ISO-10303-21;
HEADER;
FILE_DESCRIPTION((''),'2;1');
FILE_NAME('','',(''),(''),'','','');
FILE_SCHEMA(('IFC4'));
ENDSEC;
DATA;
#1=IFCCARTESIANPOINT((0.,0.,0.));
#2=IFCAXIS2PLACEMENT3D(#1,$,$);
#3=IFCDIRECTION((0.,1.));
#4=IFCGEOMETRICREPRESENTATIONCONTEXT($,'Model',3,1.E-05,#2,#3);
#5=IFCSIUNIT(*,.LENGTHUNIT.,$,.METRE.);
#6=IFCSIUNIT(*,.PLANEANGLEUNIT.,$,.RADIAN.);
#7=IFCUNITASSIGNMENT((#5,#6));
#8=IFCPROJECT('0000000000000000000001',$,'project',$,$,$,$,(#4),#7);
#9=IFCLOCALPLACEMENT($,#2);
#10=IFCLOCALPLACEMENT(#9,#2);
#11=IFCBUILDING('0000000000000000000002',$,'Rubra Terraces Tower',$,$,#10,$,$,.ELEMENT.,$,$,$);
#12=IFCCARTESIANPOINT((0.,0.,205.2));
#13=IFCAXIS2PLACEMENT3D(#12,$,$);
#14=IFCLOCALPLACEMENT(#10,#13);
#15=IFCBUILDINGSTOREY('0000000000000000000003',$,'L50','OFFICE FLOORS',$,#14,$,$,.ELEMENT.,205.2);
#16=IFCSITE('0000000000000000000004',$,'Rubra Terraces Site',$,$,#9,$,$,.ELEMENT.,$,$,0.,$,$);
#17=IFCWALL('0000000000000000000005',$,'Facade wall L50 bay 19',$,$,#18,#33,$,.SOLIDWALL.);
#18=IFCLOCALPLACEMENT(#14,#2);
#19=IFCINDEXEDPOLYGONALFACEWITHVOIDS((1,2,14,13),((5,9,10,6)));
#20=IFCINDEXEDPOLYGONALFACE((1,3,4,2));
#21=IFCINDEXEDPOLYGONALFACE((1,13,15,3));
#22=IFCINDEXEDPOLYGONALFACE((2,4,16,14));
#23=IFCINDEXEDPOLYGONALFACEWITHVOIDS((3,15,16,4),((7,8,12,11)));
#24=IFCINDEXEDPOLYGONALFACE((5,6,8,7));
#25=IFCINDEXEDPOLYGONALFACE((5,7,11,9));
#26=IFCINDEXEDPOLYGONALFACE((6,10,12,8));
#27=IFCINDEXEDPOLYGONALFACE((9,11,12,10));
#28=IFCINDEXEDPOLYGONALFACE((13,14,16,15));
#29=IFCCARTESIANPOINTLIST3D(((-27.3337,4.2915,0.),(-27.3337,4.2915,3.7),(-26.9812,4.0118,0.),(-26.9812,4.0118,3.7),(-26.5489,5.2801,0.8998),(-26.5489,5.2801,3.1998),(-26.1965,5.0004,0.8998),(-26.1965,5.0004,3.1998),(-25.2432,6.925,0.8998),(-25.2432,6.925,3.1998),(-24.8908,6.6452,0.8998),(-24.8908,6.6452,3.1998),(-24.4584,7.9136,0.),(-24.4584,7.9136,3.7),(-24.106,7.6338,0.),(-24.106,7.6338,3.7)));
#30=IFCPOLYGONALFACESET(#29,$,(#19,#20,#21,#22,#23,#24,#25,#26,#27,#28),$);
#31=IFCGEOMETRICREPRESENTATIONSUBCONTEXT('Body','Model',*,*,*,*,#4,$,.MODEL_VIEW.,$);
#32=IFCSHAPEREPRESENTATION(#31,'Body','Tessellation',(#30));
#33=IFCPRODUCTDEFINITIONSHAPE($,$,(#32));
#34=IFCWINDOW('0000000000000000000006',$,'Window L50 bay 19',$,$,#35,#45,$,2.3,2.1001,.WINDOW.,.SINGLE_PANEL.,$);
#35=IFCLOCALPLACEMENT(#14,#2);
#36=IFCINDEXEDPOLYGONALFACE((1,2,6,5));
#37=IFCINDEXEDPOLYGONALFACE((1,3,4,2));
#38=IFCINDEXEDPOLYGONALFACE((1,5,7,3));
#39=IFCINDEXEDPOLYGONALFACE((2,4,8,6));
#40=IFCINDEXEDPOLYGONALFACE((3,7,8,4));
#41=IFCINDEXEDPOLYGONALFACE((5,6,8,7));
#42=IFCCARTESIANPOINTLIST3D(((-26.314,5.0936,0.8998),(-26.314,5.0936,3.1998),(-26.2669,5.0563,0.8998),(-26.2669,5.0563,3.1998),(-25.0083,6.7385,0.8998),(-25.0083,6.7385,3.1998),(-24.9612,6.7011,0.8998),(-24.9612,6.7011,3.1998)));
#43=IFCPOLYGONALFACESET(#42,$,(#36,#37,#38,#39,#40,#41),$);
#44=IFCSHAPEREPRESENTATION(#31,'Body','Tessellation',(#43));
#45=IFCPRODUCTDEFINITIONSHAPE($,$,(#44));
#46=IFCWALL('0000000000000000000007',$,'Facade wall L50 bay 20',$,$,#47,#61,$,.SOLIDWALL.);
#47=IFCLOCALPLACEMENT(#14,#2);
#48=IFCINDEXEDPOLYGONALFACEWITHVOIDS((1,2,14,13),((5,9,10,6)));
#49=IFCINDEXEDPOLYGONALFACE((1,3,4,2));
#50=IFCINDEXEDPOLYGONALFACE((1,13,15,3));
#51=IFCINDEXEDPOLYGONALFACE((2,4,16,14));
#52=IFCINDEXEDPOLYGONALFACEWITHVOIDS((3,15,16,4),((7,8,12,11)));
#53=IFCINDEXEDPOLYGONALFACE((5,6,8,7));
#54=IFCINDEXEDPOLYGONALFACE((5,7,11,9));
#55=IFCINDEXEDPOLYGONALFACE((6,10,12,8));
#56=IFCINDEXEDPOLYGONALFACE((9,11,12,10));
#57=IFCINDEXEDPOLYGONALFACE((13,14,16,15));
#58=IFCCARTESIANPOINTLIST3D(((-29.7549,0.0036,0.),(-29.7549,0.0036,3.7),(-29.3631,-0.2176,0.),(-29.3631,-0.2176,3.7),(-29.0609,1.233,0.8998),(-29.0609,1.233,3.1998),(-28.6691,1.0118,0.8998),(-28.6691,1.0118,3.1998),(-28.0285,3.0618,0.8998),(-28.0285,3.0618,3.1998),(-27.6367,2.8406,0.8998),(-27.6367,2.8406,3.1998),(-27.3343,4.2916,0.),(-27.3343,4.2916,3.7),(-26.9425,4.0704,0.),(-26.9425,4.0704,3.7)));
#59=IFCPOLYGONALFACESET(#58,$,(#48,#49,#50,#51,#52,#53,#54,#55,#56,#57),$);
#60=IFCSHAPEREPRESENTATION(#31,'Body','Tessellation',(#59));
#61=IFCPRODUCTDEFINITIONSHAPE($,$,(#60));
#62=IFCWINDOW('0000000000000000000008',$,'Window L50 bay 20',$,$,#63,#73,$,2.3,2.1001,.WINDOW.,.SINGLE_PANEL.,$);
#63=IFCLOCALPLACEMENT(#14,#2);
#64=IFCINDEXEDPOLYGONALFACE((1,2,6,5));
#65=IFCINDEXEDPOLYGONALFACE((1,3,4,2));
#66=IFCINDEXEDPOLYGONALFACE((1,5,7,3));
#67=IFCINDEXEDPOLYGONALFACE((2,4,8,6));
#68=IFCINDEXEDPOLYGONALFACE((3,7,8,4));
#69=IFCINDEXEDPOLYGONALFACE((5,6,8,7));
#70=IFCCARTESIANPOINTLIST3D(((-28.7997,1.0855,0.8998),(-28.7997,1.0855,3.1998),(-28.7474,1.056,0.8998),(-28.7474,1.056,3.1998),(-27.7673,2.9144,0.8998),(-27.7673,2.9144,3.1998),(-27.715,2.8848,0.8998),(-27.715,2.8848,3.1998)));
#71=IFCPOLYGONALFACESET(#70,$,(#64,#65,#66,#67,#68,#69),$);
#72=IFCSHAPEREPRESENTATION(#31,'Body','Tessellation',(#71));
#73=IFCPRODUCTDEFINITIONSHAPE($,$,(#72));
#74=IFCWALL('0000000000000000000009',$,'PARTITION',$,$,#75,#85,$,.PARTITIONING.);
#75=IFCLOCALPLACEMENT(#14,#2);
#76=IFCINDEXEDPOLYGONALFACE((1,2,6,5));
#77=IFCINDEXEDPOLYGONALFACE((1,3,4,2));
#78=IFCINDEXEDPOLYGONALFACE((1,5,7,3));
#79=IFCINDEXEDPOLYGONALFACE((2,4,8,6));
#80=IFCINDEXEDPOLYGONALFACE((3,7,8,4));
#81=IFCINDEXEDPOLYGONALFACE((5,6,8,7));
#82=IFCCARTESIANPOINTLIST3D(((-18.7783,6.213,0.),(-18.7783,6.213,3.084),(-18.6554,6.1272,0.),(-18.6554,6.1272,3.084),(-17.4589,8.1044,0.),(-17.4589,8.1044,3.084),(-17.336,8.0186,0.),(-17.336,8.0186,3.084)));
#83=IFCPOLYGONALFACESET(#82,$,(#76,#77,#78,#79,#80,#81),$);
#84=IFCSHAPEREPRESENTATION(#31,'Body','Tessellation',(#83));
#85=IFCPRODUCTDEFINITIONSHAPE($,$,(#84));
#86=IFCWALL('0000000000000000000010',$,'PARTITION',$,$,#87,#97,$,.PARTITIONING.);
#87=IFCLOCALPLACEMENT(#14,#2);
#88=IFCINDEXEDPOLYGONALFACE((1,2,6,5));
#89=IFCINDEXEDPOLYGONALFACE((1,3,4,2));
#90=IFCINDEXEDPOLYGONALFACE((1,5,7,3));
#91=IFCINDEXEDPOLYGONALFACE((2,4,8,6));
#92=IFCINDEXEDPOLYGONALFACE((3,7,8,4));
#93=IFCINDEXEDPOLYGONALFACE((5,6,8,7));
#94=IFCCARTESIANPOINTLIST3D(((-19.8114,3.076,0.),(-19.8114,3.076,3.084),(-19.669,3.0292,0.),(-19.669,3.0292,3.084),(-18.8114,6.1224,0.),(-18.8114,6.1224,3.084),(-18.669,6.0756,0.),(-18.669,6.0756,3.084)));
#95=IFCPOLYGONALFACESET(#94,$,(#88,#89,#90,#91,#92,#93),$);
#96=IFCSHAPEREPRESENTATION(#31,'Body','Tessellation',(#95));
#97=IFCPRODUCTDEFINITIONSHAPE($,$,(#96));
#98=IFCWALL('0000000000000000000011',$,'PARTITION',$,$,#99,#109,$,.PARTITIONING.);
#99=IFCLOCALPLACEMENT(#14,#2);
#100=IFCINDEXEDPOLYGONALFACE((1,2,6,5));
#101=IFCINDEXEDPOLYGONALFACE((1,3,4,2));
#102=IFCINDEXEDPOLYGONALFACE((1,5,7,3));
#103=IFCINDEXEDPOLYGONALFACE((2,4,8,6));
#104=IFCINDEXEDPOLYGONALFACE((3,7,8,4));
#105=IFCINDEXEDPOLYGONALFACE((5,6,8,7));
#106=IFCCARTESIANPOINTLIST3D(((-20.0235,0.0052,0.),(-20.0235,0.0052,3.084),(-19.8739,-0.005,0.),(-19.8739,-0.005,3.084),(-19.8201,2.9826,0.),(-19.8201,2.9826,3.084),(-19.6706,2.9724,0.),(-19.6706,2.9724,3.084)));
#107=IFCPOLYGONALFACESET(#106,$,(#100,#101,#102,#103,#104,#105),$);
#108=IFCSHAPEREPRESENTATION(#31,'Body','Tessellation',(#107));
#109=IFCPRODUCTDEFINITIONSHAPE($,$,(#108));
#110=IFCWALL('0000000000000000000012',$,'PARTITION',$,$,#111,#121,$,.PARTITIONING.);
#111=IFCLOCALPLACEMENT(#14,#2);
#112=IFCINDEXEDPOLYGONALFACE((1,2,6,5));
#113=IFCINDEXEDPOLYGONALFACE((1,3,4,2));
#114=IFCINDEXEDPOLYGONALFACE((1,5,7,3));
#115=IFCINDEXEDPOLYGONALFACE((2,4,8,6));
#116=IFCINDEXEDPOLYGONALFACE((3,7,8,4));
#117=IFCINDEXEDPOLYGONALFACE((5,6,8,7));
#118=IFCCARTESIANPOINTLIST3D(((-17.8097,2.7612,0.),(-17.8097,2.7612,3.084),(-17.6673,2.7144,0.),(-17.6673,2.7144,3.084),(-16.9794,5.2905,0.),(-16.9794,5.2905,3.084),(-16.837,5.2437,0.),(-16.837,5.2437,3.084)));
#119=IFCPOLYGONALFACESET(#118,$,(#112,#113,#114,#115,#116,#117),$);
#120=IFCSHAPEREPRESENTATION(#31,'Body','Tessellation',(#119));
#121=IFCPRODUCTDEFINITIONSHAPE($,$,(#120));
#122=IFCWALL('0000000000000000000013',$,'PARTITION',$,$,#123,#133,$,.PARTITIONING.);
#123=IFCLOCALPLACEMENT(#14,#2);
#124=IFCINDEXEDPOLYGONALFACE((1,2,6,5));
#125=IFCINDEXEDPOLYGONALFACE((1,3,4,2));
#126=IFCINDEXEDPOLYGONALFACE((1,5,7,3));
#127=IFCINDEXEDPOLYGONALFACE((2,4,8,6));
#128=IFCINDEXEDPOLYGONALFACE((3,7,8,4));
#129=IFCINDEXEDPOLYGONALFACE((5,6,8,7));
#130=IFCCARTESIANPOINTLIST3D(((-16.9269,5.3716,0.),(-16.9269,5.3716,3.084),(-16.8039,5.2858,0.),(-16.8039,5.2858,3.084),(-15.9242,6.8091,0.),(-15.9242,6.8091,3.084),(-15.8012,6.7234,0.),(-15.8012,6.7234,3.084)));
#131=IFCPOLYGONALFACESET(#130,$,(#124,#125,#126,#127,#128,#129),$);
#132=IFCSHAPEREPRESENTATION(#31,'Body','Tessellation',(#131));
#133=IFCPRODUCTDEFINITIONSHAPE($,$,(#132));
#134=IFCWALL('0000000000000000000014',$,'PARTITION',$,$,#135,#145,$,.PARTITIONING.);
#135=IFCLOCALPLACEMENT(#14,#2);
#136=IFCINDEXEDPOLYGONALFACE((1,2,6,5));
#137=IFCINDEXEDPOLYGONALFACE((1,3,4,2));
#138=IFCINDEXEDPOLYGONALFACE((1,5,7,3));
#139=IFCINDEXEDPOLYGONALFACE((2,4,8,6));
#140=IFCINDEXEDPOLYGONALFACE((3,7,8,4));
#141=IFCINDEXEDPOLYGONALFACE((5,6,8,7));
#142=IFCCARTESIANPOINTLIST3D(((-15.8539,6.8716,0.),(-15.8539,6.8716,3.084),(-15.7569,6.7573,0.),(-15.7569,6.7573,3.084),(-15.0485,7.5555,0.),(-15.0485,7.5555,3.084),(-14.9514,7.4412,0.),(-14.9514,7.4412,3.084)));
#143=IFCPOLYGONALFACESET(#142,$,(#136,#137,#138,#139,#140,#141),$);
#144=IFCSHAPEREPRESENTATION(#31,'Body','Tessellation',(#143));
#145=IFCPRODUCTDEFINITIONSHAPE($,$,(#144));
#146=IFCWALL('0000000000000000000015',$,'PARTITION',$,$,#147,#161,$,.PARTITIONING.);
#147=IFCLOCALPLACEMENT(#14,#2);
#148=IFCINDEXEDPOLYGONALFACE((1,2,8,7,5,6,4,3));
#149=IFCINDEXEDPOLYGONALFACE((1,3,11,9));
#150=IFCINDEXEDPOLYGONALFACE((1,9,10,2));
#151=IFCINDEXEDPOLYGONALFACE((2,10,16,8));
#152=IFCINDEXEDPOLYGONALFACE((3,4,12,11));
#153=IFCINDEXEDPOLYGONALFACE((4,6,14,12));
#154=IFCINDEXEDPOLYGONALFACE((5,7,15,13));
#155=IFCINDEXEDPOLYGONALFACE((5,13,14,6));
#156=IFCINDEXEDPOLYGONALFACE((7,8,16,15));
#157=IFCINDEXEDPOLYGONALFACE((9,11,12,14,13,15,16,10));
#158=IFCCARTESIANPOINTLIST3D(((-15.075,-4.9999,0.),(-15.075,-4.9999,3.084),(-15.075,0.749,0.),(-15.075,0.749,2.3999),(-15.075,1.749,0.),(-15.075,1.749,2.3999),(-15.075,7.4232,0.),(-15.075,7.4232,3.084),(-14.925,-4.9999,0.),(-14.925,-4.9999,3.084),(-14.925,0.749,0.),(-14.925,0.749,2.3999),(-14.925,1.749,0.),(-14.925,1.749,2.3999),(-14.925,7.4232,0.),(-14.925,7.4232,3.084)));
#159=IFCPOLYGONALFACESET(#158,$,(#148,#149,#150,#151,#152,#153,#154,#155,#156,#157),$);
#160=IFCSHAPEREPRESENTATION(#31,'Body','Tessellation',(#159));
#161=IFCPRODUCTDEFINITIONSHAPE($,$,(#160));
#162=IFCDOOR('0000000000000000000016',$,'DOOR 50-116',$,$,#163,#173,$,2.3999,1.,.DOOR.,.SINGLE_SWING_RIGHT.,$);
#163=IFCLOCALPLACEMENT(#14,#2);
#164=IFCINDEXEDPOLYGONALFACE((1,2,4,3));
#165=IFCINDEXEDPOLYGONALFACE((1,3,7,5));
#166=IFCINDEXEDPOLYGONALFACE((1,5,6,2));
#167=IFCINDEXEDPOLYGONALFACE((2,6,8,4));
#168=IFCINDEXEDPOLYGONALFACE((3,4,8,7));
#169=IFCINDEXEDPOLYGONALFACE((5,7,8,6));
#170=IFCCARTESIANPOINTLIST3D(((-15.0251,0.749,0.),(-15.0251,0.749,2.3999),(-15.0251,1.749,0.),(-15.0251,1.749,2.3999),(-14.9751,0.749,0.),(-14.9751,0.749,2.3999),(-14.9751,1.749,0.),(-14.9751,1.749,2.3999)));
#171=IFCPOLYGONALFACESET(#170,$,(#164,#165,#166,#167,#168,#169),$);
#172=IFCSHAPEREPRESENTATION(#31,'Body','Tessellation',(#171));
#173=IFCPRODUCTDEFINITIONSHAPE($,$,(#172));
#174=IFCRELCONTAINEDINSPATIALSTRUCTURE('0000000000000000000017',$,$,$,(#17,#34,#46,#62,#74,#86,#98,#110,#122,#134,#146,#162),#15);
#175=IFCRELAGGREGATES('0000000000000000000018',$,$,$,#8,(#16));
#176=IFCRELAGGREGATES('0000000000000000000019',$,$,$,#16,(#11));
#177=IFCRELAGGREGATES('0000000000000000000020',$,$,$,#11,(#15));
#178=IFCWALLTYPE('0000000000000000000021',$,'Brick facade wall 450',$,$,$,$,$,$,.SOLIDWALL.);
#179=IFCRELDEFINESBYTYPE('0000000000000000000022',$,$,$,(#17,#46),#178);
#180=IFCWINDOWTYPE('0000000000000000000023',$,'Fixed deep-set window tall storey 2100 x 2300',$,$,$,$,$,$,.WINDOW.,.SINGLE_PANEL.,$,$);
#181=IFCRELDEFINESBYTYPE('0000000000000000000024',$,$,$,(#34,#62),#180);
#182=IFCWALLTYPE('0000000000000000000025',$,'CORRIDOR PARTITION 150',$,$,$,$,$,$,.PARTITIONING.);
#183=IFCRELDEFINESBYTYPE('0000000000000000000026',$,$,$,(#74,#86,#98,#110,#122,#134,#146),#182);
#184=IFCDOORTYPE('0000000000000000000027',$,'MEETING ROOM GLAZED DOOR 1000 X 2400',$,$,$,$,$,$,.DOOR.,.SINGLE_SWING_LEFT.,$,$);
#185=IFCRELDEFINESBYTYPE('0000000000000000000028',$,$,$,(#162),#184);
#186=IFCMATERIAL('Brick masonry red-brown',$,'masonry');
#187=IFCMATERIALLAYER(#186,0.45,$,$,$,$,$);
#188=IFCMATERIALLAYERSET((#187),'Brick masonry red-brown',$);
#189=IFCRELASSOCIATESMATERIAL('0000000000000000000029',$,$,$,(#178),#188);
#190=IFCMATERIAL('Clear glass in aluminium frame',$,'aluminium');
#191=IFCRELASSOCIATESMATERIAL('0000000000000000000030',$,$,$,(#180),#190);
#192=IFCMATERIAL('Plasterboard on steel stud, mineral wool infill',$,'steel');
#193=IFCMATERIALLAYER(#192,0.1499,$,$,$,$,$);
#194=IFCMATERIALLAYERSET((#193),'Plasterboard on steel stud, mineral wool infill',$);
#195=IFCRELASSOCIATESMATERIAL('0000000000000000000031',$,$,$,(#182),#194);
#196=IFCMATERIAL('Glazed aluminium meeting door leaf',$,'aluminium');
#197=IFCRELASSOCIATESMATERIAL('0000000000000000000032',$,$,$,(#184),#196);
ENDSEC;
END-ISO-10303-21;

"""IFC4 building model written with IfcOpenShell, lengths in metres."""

from ifc_helpers import new_model, si_unit, direction, frame, frame_2d, origin, place, context, subcontext, project, spatial, rectangle, extrude, material, layer, layer_set, type_object, element, fill, save


model = new_model("IFC4")

# Units and contexts
model_context = context("Model", 3, precision=1e-05, world=origin(), true_north=direction((0.0, 1.0)))
body_context = subcontext(model_context, "Body", "Model", "MODEL_VIEW")
ifc_project = project(units=[si_unit("LENGTHUNIT", "METRE"), si_unit("PLANEANGLEUNIT", "RADIAN")], contexts=[model_context])

# Site, building, storey
site_placement = place(None, origin())
site = spatial("IfcSite", under=ifc_project, at=site_placement, Name="Rubra Terraces Site", CompositionType="ELEMENT", RefElevation=0.0)
building_placement = place(site_placement, origin())
building = spatial("IfcBuilding", under=site, at=building_placement, Name="Rubra Terraces Tower", CompositionType="ELEMENT")
storey_placement = place(building_placement, frame((0.0, 0.0, 205.2)))
storey = spatial("IfcBuildingStorey", under=building, at=storey_placement, Name="L50", Description="OFFICE FLOORS", CompositionType="ELEMENT", Elevation=205.2)

# Walls, openings, windows
ifc_material_1 = material(Name="Brick masonry red-brown", Category="masonry")
ifc_layer_1 = layer(ifc_material_1, 0.45)
ifc_layer_set_1 = layer_set([ifc_layer_1], Name="Brick masonry red-brown")
wall_type_1 = type_object("IfcWallType", Name="Brick facade wall 450", PredefinedType="SOLIDWALL", material=ifc_layer_set_1)
wall_1_placement = place(storey_placement, frame((-24.2822, 7.7737, 0.0), z_axis=(0.0, 0.0, 1.0), x_axis=(-0.621735, -0.783227, 0.0)))
wall_1 = element("IfcWall", 1, at=wall_1_placement, inside=storey, type_object=wall_type_1, Name="Facade wall L50 bay 19", PredefinedType="SOLIDWALL", context=body_context, shape_type="SweptSolid", body=[
    extrude(rectangle(XDim=4.6245, YDim=0.45, at=frame_2d((2.3123, 0.0))), origin(), (0.0, 0.0, 1.0), 3.7),
])
opening_1_placement = place(wall_1_placement, frame((1.2622, 0.0, 0.8999)))
opening_1 = element("IfcOpeningElement", 2, at=opening_1_placement, cuts=wall_1, PredefinedType="OPENING", context=body_context, shape_type="SweptSolid", body=[
    extrude(rectangle(XDim=2.1001, YDim=2.3, at=frame_2d((1.05, 1.1499))), frame((0.0, 0.2349, 0.0), z_axis=(0.0, -1.0, 0.0), x_axis=(1.0, 0.0, 0.0)), (0.0, 0.0, 1.0), 0.47),
])
ifc_material_2 = material(Name="Clear glass in aluminium frame", Category="aluminium")
window_type = type_object("IfcWindowType", Name="Fixed deep-set window tall storey 2100 x 2300", PartitioningType="SINGLE_PANEL", PredefinedType="WINDOW", material=ifc_material_2)
window_1_placement = place(opening_1_placement, origin())
window_1 = element("IfcWindow", 3, at=window_1_placement, inside=storey, type_object=window_type, Name="Window L50 bay 19", OverallHeight=2.3, OverallWidth=2.1001, PartitioningType="SINGLE_PANEL", PredefinedType="WINDOW", context=body_context, shape_type="SweptSolid", body=[
    extrude(rectangle(XDim=2.1001, YDim=2.3, at=frame_2d((1.05, 1.1499))), frame((0.0, 0.135, 0.0), z_axis=(0.0, -1.0, 0.0), x_axis=(1.0, 0.0, 0.0)), (0.0, 0.0, 1.0), 0.0601),
])
fill(opening_1, window_1)
wall_2_placement = place(storey_placement, frame((-27.1384, 4.1809, 0.0), z_axis=(0.0, 0.0, 1.0), x_axis=(-0.491588, -0.870828, 0.0)))
wall_2 = element("IfcWall", 4, at=wall_2_placement, inside=storey, type_object=wall_type_1, Name="Facade wall L50 bay 20", PredefinedType="SOLIDWALL", context=body_context, shape_type="SweptSolid", body=[
    extrude(rectangle(XDim=4.9241, YDim=0.45, at=frame_2d((2.4619, 0.0))), origin(), (0.0, 0.0, 1.0), 3.7),
])
opening_2_placement = place(wall_2_placement, frame((1.4121, 0.0, 0.8999)))
opening_2 = element("IfcOpeningElement", 5, at=opening_2_placement, cuts=wall_2, PredefinedType="OPENING", context=body_context, shape_type="SweptSolid", body=[
    extrude(rectangle(XDim=2.1001, YDim=2.3, at=frame_2d((1.05, 1.1499))), frame((0.0, 0.2349, 0.0), z_axis=(0.0, -1.0, 0.0), x_axis=(1.0, 0.0, 0.0)), (0.0, 0.0, 1.0), 0.47),
])
window_2_placement = place(opening_2_placement, origin())
window_2 = element("IfcWindow", 6, at=window_2_placement, inside=storey, type_object=window_type, Name="Window L50 bay 20", OverallHeight=2.3, OverallWidth=2.1001, PartitioningType="SINGLE_PANEL", PredefinedType="WINDOW", context=body_context, shape_type="SweptSolid", body=[
    extrude(rectangle(XDim=2.1001, YDim=2.3, at=frame_2d((1.05, 1.1499))), frame((0.0, 0.135, 0.0), z_axis=(0.0, -1.0, 0.0), x_axis=(1.0, 0.0, 0.0)), (0.0, 0.0, 1.0), 0.0601),
])
fill(opening_2, window_2)

# Walls
ifc_material_3 = material(Name="Plasterboard on steel stud, mineral wool infill", Category="steel")
ifc_layer_2 = layer(ifc_material_3, 0.1499)
ifc_layer_set_2 = layer_set([ifc_layer_2], Name="Plasterboard on steel stud, mineral wool infill")
wall_type_2 = type_object("IfcWallType", Name="CORRIDOR PARTITION 150", PredefinedType="PARTITIONING", material=ifc_layer_set_2)
wall_3_placement = place(storey_placement, frame((-17.3975, 8.0615, 0.0), z_axis=(0.0, 0.0, 1.0), x_axis=(-0.572119, -0.820171, 0.0)))
element("IfcWall", 7, at=wall_3_placement, inside=storey, type_object=wall_type_2, Name="PARTITION", PredefinedType="PARTITIONING", context=body_context, shape_type="SweptSolid", body=[
    extrude(rectangle(XDim=2.3062, YDim=0.1499, at=frame_2d((1.1531, 0.0))), origin(), (0.0, 0.0, 1.0), 3.084),
])
wall_4_placement = place(storey_placement, frame((-18.7402, 6.0989, 0.0), z_axis=(0.0, 0.0, 1.0), x_axis=(-0.311884, -0.95012, 0.0)))
element("IfcWall", 8, at=wall_4_placement, inside=storey, type_object=wall_type_2, Name="PARTITION", PredefinedType="PARTITIONING", context=body_context, shape_type="SweptSolid", body=[
    extrude(rectangle(XDim=3.2063, YDim=0.1499, at=frame_2d((1.603, 0.0))), origin(), (0.0, 0.0, 1.0), 3.084),
])
wall_5_placement = place(storey_placement, frame((-19.7454, 2.9775, 0.0), z_axis=(0.0, 0.0, 1.0), x_axis=(-0.068142, -0.997676, 0.0)))
element("IfcWall", 9, at=wall_5_placement, inside=storey, type_object=wall_type_2, Name="PARTITION", PredefinedType="PARTITIONING", context=body_context, shape_type="SweptSolid", body=[
    extrude(rectangle(XDim=2.9844, YDim=0.1499, at=frame_2d((1.4922, 0.0))), origin(), (0.0, 0.0, 1.0), 3.084),
])
wall_6_placement = place(storey_placement, frame((-17.7385, 2.7378, 0.0), z_axis=(0.0, 0.0, 1.0), x_axis=(0.311905, 0.950113, 0.0)))
element("IfcWall", 10, at=wall_6_placement, inside=storey, type_object=wall_type_2, Name="PARTITION", PredefinedType="PARTITIONING", context=body_context, shape_type="SweptSolid", body=[
    extrude(rectangle(XDim=2.6621, YDim=0.1499, at=frame_2d((1.3311, 0.0))), origin(), (0.0, 0.0, 1.0), 3.084),
])
wall_7_placement = place(storey_placement, frame((-16.8655, 5.3286, 0.0), z_axis=(0.0, 0.0, 1.0), x_axis=(0.572097, 0.820186, 0.0)))
element("IfcWall", 11, at=wall_7_placement, inside=storey, type_object=wall_type_2, Name="PARTITION", PredefinedType="PARTITIONING", context=body_context, shape_type="SweptSolid", body=[
    extrude(rectangle(XDim=1.7527, YDim=0.1499, at=frame_2d((0.8765, 0.0))), origin(), (0.0, 0.0, 1.0), 3.084),
])
wall_8_placement = place(storey_placement, frame((-15.8054, 6.8145, 0.0), z_axis=(0.0, 0.0, 1.0), x_axis=(0.762298, 0.647226, 0.0)))
element("IfcWall", 12, at=wall_8_placement, inside=storey, type_object=wall_type_2, Name="PARTITION", PredefinedType="PARTITIONING", context=body_context, shape_type="SweptSolid", body=[
    extrude(rectangle(XDim=1.0566, YDim=0.1499, at=frame_2d((0.5283, 0.0))), origin(), (0.0, 0.0, 1.0), 3.084),
])

# Wall, opening, door
wall_9_placement = place(storey_placement, frame((-15.0, 7.4231, 0.0), z_axis=(0.0, 0.0, 1.0), x_axis=(0.0, -1.0, 0.0)))
wall_9 = element("IfcWall", 13, at=wall_9_placement, inside=storey, type_object=wall_type_2, Name="PARTITION", PredefinedType="PARTITIONING", context=body_context, shape_type="SweptSolid", body=[
    extrude(rectangle(XDim=12.4231, YDim=0.1499, at=frame_2d((6.2114, 0.0))), origin(), (0.0, 0.0, 1.0), 3.084),
])
opening_3_placement = place(wall_9_placement, frame((5.6741, 0.0, 0.0)))
opening_3 = element("IfcOpeningElement", 14, at=opening_3_placement, cuts=wall_9, PredefinedType="OPENING", context=body_context, shape_type="SweptSolid", body=[
    extrude(rectangle(XDim=1.0, YDim=2.3999, at=frame_2d((0.5, 1.2))), frame((0.0, 0.085, 0.0), z_axis=(0.0, -1.0, 0.0), x_axis=(1.0, 0.0, 0.0)), (0.0, 0.0, 1.0), 0.1699),
])
ifc_material_4 = material(Name="Glazed aluminium meeting door leaf", Category="aluminium")
door_type = type_object("IfcDoorType", Name="MEETING ROOM GLAZED DOOR 1000 X 2400", OperationType="SINGLE_SWING_LEFT", PredefinedType="DOOR", material=ifc_material_4)
door_placement = place(opening_3_placement, origin())
door = element("IfcDoor", 15, at=door_placement, inside=storey, type_object=door_type, Name="DOOR 50-116", OperationType="SINGLE_SWING_RIGHT", OverallHeight=2.3999, OverallWidth=1.0, PredefinedType="DOOR", context=body_context, shape_type="SweptSolid", body=[
    extrude(rectangle(XDim=1.0, YDim=2.3999, at=frame_2d((0.5, 1.2))), frame((0.0, 0.0249, 0.0), z_axis=(0.0, -1.0, 0.0), x_axis=(1.0, 0.0, 0.0)), (0.0, 0.0, 1.0), 0.05),
])
fill(opening_3, door)

save(model, "model.ifc")
